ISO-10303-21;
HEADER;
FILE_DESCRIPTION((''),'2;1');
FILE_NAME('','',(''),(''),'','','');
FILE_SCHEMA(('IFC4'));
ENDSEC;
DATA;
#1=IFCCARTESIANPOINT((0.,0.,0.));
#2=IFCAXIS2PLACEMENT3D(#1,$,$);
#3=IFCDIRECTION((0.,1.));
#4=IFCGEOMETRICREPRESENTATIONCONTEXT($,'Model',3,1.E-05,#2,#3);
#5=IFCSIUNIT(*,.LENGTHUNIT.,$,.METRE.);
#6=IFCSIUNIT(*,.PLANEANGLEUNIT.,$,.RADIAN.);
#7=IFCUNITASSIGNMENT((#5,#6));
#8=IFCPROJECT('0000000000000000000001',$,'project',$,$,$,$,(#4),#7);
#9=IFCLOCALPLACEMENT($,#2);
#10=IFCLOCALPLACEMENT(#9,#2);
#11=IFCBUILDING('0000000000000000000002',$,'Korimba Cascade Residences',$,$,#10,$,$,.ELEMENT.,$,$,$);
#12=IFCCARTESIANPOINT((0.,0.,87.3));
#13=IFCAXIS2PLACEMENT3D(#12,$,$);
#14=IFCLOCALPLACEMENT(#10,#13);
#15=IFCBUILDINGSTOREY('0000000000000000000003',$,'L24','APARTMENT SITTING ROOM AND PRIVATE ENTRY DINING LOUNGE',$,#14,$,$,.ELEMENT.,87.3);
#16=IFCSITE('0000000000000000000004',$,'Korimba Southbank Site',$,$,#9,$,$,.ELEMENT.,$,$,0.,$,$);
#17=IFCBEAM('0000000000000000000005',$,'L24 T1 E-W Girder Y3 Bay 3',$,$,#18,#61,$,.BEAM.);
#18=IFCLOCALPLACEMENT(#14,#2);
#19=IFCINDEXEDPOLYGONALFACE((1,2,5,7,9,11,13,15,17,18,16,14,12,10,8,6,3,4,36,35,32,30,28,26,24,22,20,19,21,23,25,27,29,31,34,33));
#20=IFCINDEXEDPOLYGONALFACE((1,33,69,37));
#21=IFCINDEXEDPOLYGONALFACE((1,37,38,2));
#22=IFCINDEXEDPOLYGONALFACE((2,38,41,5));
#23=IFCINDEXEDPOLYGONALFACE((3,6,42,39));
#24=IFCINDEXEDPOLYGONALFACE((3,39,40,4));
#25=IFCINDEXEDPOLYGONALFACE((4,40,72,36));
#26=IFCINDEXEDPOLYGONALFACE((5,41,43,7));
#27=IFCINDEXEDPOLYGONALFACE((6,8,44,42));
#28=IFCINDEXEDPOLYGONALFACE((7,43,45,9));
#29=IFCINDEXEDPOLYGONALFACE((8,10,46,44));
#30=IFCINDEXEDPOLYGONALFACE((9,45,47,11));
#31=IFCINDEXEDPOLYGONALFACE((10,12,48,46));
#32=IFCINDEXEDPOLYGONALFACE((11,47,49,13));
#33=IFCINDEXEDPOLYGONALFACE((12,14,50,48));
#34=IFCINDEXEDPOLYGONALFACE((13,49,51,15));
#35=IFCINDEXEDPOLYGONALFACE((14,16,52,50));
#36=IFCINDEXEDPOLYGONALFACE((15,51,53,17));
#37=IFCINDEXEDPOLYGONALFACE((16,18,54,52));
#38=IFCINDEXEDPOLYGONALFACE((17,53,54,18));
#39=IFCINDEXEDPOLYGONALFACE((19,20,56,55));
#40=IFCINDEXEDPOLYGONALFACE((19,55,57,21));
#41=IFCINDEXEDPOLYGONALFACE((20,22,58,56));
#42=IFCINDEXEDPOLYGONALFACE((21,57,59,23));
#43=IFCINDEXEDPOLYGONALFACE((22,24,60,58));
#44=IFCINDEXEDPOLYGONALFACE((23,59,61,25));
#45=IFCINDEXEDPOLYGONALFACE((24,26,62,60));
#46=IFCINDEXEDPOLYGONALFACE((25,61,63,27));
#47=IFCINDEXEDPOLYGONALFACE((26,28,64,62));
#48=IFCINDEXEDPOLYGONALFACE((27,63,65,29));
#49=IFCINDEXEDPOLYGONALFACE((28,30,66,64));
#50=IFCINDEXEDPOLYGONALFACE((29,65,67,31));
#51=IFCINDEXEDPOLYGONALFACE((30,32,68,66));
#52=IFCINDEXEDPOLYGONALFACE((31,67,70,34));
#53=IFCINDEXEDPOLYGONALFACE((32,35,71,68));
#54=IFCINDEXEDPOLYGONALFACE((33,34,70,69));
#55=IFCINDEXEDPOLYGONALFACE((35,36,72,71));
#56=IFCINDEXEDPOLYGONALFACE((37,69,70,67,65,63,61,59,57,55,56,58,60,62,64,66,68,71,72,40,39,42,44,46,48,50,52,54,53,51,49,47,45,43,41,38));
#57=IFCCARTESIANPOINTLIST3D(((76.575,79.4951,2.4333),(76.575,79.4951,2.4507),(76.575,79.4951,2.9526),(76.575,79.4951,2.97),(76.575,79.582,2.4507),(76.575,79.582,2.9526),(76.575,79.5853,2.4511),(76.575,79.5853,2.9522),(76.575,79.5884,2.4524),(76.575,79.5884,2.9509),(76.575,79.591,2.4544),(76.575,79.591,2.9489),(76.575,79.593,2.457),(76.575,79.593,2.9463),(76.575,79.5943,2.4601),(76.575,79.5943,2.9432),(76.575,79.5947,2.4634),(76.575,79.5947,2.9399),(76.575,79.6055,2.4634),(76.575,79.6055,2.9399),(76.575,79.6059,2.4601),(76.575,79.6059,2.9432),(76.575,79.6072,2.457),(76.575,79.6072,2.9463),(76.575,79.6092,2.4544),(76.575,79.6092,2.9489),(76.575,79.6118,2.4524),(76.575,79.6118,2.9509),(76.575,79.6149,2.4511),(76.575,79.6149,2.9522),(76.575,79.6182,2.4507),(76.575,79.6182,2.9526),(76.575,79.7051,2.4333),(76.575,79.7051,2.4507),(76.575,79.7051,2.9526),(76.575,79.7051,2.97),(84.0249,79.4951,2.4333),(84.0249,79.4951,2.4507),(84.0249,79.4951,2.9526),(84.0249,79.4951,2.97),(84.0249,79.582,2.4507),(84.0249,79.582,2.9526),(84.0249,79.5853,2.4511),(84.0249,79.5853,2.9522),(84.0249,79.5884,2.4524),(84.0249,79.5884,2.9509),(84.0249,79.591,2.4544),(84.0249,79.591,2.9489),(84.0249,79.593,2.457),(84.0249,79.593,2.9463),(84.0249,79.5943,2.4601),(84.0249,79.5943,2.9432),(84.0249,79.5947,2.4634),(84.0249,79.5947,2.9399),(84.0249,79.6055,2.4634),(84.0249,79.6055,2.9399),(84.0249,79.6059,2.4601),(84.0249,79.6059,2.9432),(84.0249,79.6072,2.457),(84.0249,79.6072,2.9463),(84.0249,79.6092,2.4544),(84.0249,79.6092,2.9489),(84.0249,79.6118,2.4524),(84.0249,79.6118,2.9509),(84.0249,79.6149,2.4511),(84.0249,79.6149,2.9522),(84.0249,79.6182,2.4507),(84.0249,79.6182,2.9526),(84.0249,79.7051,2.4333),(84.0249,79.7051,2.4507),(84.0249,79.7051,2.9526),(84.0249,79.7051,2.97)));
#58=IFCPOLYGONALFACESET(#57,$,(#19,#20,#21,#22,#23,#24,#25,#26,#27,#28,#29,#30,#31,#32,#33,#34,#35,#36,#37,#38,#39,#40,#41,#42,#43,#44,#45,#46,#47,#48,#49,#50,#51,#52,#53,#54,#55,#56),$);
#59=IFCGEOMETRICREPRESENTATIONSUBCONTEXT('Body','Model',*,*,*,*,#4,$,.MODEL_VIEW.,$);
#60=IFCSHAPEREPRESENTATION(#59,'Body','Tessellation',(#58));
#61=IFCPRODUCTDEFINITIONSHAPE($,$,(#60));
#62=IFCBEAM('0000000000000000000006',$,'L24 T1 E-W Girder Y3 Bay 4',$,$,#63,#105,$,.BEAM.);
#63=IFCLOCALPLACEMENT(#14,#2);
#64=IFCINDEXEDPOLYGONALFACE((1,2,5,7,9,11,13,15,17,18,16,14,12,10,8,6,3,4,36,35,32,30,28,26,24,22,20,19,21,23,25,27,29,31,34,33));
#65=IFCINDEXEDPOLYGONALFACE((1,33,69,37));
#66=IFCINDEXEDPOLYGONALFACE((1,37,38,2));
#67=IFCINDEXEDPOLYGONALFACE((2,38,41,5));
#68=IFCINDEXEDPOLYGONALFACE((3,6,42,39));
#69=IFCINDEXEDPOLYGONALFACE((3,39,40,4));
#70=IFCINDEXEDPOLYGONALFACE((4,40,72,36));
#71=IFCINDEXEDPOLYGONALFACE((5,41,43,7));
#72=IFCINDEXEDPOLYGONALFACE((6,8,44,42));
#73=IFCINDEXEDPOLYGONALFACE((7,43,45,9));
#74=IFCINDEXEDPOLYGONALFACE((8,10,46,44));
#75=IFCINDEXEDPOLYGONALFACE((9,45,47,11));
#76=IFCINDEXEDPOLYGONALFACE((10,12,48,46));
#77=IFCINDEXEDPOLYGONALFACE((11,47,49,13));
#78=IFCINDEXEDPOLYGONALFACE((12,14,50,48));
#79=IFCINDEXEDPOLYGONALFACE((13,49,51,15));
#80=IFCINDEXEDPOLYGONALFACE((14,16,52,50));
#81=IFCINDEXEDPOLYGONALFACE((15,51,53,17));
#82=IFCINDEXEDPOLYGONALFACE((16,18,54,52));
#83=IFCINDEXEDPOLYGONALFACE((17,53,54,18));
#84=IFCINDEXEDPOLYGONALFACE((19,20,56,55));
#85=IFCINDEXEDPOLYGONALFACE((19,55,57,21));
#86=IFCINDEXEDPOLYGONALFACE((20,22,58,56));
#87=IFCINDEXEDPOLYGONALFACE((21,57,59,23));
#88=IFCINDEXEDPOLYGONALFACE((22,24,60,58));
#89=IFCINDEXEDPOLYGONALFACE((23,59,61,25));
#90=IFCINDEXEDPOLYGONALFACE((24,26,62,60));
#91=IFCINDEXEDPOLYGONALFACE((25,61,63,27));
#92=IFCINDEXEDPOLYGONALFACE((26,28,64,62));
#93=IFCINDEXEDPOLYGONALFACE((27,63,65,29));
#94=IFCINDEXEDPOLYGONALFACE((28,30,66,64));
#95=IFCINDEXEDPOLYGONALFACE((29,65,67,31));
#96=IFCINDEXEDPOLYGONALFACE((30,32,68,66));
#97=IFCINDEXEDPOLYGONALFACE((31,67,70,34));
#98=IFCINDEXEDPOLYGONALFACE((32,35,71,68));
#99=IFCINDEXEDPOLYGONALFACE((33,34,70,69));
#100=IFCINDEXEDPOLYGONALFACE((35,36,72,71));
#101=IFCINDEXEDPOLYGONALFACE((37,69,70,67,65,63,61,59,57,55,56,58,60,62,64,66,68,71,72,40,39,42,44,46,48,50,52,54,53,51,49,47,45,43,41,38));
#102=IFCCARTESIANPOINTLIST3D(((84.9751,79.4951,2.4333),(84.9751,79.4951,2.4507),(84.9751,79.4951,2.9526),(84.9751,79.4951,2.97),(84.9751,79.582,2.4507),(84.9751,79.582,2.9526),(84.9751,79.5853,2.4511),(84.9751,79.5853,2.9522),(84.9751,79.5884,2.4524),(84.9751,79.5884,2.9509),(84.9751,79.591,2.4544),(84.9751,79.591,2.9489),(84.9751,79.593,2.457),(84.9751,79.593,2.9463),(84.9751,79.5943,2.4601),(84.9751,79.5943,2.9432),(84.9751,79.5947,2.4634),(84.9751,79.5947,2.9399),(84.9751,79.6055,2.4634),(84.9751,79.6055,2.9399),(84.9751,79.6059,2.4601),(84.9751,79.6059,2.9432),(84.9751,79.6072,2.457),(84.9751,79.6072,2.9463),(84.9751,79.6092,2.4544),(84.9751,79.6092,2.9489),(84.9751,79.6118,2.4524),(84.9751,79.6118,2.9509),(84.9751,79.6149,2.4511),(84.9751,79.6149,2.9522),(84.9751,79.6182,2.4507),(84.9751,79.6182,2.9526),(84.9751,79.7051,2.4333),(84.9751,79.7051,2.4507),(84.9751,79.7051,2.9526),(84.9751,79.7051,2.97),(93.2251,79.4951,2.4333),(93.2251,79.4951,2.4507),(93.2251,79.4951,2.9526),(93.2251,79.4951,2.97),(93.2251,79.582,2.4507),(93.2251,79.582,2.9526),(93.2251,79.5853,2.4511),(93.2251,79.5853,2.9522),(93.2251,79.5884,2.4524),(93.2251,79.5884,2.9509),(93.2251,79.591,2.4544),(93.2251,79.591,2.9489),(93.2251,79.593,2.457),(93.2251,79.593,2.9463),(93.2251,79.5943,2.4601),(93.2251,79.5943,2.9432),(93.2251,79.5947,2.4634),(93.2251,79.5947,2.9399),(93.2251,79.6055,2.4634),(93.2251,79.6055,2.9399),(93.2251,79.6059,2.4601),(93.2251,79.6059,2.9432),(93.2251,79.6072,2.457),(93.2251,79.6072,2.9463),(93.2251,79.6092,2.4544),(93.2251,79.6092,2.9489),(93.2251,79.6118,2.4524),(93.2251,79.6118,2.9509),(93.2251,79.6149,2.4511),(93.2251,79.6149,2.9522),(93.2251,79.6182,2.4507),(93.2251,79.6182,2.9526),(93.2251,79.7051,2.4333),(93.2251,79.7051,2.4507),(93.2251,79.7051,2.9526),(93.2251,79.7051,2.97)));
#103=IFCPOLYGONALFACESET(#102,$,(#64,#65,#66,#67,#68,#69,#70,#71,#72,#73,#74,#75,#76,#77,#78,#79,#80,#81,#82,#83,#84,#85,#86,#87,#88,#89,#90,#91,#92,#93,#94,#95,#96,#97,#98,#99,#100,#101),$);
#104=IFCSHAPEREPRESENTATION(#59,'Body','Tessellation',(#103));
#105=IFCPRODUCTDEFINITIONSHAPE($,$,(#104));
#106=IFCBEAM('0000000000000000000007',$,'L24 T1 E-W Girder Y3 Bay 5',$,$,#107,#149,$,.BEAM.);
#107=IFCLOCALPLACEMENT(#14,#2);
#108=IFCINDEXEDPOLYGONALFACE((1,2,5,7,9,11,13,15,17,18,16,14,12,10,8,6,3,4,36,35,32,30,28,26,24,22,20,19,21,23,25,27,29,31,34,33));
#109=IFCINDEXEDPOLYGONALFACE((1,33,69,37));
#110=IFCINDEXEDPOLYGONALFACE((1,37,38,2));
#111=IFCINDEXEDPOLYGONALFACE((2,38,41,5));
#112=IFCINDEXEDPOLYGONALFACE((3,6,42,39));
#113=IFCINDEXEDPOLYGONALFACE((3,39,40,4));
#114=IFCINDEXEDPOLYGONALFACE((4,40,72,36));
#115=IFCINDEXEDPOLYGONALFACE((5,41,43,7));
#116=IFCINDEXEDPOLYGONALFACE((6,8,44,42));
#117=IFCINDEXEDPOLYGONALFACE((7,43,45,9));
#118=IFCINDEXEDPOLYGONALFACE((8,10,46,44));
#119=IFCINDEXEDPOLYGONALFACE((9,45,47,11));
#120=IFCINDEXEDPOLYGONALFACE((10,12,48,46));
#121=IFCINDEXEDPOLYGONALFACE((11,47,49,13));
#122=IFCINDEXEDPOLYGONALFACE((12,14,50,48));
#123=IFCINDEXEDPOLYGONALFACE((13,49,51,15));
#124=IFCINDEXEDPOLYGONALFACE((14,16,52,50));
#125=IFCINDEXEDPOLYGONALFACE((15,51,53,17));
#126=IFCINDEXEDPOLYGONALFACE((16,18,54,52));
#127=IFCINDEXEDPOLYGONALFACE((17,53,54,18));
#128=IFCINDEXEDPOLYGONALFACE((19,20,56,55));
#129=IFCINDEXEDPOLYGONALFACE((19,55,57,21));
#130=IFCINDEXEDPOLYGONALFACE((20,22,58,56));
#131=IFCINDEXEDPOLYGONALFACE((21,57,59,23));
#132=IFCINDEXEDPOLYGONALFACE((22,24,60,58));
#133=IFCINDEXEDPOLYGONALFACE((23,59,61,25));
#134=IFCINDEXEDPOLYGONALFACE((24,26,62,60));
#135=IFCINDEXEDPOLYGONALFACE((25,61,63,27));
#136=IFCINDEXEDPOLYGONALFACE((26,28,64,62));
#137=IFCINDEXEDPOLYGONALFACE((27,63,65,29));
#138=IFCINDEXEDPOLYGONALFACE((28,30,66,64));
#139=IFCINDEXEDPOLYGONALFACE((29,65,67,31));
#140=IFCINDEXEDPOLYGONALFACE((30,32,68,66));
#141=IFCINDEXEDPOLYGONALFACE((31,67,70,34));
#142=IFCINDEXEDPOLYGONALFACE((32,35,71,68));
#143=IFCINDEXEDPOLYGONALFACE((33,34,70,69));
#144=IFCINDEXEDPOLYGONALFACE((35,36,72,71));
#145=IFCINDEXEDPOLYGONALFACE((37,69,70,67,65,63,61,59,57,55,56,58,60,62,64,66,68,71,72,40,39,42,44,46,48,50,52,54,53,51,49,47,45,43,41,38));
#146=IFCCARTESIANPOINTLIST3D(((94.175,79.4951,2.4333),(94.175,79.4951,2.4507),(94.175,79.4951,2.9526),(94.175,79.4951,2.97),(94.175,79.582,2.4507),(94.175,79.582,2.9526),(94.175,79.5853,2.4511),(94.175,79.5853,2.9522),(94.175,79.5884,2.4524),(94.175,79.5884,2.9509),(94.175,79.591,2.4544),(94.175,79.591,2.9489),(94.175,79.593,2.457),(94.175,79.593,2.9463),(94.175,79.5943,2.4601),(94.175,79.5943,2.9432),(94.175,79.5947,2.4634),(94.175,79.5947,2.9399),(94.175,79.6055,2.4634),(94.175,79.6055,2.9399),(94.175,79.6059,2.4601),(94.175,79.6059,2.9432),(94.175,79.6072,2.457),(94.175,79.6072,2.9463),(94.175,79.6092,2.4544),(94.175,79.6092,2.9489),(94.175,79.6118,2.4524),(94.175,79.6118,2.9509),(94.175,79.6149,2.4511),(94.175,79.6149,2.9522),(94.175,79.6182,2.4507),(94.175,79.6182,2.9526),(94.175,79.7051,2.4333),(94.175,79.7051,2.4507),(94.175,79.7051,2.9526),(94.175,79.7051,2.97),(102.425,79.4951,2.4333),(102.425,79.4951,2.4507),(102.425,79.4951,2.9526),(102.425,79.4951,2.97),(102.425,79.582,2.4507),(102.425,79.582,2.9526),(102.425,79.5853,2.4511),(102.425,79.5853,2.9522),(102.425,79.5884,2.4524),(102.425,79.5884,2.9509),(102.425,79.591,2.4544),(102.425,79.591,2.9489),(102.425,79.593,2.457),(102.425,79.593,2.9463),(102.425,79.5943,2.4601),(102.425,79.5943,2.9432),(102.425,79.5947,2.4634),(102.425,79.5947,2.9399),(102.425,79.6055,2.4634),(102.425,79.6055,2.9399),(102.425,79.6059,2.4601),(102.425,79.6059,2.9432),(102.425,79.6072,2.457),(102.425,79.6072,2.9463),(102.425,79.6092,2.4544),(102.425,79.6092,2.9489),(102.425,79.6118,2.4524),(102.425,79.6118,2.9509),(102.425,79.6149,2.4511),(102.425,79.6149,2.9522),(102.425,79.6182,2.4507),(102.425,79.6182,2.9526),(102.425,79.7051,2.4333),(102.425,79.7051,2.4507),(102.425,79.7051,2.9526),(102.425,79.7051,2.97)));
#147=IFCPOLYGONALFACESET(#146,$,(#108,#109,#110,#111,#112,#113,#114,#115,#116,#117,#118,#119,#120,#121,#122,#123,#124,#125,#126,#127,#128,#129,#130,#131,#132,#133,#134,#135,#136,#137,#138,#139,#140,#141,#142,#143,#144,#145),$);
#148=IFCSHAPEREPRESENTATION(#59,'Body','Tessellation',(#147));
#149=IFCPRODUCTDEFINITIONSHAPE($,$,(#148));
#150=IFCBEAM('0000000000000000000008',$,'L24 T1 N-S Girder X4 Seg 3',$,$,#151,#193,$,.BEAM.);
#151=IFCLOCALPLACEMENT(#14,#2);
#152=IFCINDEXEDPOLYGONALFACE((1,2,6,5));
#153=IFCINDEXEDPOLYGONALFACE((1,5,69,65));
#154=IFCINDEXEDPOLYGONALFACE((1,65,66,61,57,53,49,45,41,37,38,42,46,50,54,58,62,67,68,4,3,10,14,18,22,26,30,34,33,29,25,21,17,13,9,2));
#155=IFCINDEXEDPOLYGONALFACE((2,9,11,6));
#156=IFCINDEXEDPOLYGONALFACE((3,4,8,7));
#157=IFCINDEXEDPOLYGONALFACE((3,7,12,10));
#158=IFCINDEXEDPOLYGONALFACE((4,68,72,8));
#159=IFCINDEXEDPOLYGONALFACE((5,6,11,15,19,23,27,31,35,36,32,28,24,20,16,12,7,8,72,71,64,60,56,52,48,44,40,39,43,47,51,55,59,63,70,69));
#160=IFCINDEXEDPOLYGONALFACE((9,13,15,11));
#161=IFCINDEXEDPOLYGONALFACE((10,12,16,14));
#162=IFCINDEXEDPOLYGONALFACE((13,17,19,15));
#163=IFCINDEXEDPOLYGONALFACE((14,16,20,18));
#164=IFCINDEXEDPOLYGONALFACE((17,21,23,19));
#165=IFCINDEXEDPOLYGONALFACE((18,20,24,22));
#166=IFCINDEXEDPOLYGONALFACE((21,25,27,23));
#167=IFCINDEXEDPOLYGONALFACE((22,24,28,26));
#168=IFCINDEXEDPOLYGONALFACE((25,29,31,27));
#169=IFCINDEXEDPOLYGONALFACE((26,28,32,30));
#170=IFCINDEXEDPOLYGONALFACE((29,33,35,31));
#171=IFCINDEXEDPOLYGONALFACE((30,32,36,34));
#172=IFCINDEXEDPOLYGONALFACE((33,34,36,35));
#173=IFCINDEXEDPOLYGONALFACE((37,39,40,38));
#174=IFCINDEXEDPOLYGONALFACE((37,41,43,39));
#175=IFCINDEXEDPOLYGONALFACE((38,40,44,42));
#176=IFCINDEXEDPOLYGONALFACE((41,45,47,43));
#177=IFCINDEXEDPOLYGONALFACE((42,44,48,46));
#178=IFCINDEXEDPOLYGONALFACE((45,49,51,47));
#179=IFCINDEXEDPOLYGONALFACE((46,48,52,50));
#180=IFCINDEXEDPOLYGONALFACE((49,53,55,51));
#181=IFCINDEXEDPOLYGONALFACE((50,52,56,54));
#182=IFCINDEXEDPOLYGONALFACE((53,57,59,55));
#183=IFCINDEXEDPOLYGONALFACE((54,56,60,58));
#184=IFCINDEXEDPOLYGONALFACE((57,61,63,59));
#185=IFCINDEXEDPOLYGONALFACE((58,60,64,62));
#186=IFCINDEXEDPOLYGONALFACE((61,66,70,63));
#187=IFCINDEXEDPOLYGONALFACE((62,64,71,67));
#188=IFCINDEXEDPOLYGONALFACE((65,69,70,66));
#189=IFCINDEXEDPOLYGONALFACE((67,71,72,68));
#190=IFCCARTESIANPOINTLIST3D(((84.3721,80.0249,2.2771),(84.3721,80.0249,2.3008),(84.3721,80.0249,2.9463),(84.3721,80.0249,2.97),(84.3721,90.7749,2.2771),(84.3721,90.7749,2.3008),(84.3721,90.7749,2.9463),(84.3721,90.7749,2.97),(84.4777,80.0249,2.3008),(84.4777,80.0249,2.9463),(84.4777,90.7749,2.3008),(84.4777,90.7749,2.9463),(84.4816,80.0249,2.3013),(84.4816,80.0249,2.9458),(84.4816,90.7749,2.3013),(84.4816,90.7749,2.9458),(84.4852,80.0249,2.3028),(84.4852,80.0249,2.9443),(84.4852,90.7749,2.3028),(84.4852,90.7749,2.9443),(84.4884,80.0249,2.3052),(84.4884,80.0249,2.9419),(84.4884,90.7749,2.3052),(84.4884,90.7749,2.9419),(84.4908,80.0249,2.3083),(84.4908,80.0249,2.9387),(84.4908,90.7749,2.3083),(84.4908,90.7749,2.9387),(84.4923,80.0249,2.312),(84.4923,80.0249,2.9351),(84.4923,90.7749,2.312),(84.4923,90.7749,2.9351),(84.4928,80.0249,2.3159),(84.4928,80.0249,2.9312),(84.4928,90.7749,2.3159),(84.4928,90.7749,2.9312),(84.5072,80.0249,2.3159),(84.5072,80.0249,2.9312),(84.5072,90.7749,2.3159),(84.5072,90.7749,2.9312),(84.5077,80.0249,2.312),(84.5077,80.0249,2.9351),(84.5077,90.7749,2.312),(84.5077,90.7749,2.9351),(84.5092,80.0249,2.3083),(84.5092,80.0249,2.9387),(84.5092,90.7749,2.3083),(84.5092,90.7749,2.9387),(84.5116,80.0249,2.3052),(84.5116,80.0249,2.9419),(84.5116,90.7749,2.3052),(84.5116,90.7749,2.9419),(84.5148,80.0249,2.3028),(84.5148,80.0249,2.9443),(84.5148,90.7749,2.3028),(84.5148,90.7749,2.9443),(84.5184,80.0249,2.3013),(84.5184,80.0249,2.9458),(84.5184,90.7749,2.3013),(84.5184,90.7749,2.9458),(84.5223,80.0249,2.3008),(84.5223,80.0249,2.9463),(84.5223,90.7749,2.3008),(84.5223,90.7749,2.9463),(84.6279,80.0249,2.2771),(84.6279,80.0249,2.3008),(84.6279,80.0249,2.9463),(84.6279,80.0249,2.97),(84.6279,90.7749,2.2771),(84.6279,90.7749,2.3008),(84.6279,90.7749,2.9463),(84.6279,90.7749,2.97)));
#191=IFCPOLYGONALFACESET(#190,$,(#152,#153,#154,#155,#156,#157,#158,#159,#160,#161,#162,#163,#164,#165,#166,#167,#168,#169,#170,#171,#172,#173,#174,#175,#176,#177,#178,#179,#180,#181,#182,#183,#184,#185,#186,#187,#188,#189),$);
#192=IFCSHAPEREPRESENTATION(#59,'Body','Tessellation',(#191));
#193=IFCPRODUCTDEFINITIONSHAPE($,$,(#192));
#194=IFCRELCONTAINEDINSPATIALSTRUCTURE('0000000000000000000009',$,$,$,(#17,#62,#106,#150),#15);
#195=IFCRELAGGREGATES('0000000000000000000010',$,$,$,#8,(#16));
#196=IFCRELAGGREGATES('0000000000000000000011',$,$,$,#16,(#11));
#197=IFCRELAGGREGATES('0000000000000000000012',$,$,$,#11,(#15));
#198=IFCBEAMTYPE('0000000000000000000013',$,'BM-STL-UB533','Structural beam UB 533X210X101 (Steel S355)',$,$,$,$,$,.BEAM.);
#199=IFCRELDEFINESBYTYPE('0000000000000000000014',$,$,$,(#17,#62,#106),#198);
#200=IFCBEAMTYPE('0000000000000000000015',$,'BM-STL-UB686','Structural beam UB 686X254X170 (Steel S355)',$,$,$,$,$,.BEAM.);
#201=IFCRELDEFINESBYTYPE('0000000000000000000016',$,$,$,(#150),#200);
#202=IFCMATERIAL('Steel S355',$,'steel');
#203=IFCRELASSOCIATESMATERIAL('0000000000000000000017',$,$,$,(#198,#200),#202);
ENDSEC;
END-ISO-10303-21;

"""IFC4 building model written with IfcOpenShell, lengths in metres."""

from ifc_helpers import new_model, si_unit, direction, frame, origin, origin_2d, place, context, subcontext, project, spatial, i_section, extrude, material, material_profile, profile_set, type_object, element, save


model = new_model("IFC4")

# Units and contexts
model_context = context("Model", 3, precision=1e-05, world=origin(), true_north=direction((0.0, 1.0)))
body_context = subcontext(model_context, "Body", "Model", "MODEL_VIEW")
ifc_project = project(units=[si_unit("LENGTHUNIT", "METRE"), si_unit("PLANEANGLEUNIT", "RADIAN")], contexts=[model_context])

# Site, building, storey
site_placement = place(None, origin())
site = spatial("IfcSite", under=ifc_project, at=site_placement, Name="Korimba Southbank Site", CompositionType="ELEMENT", RefElevation=0.0)
building_placement = place(site_placement, origin())
building = spatial("IfcBuilding", under=site, at=building_placement, Name="Korimba Cascade Residences", CompositionType="ELEMENT")
storey_placement = place(building_placement, frame((0.0, 0.0, 87.3)))
storey = spatial("IfcBuildingStorey", under=building, at=storey_placement, Name="L24", Description="APARTMENT SITTING ROOM AND PRIVATE ENTRY DINING LOUNGE", CompositionType="ELEMENT", Elevation=87.3)

# Beams
ifc_material_1 = material(Name="Steel S355", Category="steel")
ifc_material_profile_1 = material_profile(ifc_material_1, i_section(OverallWidth=0.21, OverallDepth=0.5366, WebThickness=0.0107, FlangeThickness=0.0173, FilletRadius=0.0127, at=origin_2d()), Name="Steel S355")
ifc_profile_set_1 = profile_set([ifc_material_profile_1], Name="Steel S355")
beam_type_1 = type_object("IfcBeamType", Name="BM-STL-UB533", Description="Structural beam UB 533X210X101 (Steel S355)", PredefinedType="BEAM", material=ifc_profile_set_1)
beam_1_placement = place(storey_placement, frame((76.575, 79.6001, 2.7017), z_axis=(1.0, 0.0, 0.0), x_axis=(0.0, 1.0, 0.0)))
element("IfcBeam", 1, at=beam_1_placement, inside=storey, type_object=beam_type_1, Name="L24 T1 E-W Girder Y3 Bay 3", PredefinedType="BEAM", context=body_context, shape_type="SweptSolid", body=[
    extrude(i_section(OverallWidth=0.21, OverallDepth=0.5366, WebThickness=0.0107, FlangeThickness=0.0173, FilletRadius=0.0127, at=origin_2d()), origin(), (0.0, 0.0, 1.0), 7.45),
])
for number, where, z_axis, x_axis, name in (
    (2, (84.9751, 79.6001, 2.7017), (1.0, 0.0, 0.0), (0.0, 1.0, 0.0), "L24 T1 E-W Girder Y3 Bay 4"),
    (3, (94.175, 79.6001, 2.7017), (1.0, 0.0, 0.0), (0.0, 1.0, 0.0), "L24 T1 E-W Girder Y3 Bay 5"),
):
    element("IfcBeam", number, at=place(storey_placement, frame(where, z_axis=z_axis, x_axis=x_axis)), inside=storey, type_object=beam_type_1, Name=name, PredefinedType="BEAM", context=body_context, shape_type="SweptSolid", body=[
        extrude(i_section(OverallWidth=0.21, OverallDepth=0.5366, WebThickness=0.0107, FlangeThickness=0.0173, FilletRadius=0.0127, at=origin_2d()), origin(), (0.0, 0.0, 1.0), 8.25),
    ])
ifc_material_profile_2 = material_profile(ifc_material_1, i_section(OverallWidth=0.2559, OverallDepth=0.6929, WebThickness=0.0144, FlangeThickness=0.0237, FilletRadius=0.0151, at=origin_2d()), Name="Steel S355")
ifc_profile_set_2 = profile_set([ifc_material_profile_2], Name="Steel S355")
beam_type_2 = type_object("IfcBeamType", Name="BM-STL-UB686", Description="Structural beam UB 686X254X170 (Steel S355)", PredefinedType="BEAM", material=ifc_profile_set_2)
for number, where, z_axis, x_axis, name in (
    (4, (84.5, 80.0249, 2.6235), (0.0, 1.0, 0.0), (-1.0, 0.0, 0.0), "L24 T1 N-S Girder X4 Seg 3"),
):
    element("IfcBeam", number, at=place(storey_placement, frame(where, z_axis=z_axis, x_axis=x_axis)), inside=storey, type_object=beam_type_2, Name=name, PredefinedType="BEAM", context=body_context, shape_type="SweptSolid", body=[
        extrude(i_section(OverallWidth=0.2559, OverallDepth=0.6929, WebThickness=0.0144, FlangeThickness=0.0237, FilletRadius=0.0151, at=origin_2d()), origin(), (0.0, 0.0, 1.0), 10.75),
    ])

save(model, "model.ifc")
